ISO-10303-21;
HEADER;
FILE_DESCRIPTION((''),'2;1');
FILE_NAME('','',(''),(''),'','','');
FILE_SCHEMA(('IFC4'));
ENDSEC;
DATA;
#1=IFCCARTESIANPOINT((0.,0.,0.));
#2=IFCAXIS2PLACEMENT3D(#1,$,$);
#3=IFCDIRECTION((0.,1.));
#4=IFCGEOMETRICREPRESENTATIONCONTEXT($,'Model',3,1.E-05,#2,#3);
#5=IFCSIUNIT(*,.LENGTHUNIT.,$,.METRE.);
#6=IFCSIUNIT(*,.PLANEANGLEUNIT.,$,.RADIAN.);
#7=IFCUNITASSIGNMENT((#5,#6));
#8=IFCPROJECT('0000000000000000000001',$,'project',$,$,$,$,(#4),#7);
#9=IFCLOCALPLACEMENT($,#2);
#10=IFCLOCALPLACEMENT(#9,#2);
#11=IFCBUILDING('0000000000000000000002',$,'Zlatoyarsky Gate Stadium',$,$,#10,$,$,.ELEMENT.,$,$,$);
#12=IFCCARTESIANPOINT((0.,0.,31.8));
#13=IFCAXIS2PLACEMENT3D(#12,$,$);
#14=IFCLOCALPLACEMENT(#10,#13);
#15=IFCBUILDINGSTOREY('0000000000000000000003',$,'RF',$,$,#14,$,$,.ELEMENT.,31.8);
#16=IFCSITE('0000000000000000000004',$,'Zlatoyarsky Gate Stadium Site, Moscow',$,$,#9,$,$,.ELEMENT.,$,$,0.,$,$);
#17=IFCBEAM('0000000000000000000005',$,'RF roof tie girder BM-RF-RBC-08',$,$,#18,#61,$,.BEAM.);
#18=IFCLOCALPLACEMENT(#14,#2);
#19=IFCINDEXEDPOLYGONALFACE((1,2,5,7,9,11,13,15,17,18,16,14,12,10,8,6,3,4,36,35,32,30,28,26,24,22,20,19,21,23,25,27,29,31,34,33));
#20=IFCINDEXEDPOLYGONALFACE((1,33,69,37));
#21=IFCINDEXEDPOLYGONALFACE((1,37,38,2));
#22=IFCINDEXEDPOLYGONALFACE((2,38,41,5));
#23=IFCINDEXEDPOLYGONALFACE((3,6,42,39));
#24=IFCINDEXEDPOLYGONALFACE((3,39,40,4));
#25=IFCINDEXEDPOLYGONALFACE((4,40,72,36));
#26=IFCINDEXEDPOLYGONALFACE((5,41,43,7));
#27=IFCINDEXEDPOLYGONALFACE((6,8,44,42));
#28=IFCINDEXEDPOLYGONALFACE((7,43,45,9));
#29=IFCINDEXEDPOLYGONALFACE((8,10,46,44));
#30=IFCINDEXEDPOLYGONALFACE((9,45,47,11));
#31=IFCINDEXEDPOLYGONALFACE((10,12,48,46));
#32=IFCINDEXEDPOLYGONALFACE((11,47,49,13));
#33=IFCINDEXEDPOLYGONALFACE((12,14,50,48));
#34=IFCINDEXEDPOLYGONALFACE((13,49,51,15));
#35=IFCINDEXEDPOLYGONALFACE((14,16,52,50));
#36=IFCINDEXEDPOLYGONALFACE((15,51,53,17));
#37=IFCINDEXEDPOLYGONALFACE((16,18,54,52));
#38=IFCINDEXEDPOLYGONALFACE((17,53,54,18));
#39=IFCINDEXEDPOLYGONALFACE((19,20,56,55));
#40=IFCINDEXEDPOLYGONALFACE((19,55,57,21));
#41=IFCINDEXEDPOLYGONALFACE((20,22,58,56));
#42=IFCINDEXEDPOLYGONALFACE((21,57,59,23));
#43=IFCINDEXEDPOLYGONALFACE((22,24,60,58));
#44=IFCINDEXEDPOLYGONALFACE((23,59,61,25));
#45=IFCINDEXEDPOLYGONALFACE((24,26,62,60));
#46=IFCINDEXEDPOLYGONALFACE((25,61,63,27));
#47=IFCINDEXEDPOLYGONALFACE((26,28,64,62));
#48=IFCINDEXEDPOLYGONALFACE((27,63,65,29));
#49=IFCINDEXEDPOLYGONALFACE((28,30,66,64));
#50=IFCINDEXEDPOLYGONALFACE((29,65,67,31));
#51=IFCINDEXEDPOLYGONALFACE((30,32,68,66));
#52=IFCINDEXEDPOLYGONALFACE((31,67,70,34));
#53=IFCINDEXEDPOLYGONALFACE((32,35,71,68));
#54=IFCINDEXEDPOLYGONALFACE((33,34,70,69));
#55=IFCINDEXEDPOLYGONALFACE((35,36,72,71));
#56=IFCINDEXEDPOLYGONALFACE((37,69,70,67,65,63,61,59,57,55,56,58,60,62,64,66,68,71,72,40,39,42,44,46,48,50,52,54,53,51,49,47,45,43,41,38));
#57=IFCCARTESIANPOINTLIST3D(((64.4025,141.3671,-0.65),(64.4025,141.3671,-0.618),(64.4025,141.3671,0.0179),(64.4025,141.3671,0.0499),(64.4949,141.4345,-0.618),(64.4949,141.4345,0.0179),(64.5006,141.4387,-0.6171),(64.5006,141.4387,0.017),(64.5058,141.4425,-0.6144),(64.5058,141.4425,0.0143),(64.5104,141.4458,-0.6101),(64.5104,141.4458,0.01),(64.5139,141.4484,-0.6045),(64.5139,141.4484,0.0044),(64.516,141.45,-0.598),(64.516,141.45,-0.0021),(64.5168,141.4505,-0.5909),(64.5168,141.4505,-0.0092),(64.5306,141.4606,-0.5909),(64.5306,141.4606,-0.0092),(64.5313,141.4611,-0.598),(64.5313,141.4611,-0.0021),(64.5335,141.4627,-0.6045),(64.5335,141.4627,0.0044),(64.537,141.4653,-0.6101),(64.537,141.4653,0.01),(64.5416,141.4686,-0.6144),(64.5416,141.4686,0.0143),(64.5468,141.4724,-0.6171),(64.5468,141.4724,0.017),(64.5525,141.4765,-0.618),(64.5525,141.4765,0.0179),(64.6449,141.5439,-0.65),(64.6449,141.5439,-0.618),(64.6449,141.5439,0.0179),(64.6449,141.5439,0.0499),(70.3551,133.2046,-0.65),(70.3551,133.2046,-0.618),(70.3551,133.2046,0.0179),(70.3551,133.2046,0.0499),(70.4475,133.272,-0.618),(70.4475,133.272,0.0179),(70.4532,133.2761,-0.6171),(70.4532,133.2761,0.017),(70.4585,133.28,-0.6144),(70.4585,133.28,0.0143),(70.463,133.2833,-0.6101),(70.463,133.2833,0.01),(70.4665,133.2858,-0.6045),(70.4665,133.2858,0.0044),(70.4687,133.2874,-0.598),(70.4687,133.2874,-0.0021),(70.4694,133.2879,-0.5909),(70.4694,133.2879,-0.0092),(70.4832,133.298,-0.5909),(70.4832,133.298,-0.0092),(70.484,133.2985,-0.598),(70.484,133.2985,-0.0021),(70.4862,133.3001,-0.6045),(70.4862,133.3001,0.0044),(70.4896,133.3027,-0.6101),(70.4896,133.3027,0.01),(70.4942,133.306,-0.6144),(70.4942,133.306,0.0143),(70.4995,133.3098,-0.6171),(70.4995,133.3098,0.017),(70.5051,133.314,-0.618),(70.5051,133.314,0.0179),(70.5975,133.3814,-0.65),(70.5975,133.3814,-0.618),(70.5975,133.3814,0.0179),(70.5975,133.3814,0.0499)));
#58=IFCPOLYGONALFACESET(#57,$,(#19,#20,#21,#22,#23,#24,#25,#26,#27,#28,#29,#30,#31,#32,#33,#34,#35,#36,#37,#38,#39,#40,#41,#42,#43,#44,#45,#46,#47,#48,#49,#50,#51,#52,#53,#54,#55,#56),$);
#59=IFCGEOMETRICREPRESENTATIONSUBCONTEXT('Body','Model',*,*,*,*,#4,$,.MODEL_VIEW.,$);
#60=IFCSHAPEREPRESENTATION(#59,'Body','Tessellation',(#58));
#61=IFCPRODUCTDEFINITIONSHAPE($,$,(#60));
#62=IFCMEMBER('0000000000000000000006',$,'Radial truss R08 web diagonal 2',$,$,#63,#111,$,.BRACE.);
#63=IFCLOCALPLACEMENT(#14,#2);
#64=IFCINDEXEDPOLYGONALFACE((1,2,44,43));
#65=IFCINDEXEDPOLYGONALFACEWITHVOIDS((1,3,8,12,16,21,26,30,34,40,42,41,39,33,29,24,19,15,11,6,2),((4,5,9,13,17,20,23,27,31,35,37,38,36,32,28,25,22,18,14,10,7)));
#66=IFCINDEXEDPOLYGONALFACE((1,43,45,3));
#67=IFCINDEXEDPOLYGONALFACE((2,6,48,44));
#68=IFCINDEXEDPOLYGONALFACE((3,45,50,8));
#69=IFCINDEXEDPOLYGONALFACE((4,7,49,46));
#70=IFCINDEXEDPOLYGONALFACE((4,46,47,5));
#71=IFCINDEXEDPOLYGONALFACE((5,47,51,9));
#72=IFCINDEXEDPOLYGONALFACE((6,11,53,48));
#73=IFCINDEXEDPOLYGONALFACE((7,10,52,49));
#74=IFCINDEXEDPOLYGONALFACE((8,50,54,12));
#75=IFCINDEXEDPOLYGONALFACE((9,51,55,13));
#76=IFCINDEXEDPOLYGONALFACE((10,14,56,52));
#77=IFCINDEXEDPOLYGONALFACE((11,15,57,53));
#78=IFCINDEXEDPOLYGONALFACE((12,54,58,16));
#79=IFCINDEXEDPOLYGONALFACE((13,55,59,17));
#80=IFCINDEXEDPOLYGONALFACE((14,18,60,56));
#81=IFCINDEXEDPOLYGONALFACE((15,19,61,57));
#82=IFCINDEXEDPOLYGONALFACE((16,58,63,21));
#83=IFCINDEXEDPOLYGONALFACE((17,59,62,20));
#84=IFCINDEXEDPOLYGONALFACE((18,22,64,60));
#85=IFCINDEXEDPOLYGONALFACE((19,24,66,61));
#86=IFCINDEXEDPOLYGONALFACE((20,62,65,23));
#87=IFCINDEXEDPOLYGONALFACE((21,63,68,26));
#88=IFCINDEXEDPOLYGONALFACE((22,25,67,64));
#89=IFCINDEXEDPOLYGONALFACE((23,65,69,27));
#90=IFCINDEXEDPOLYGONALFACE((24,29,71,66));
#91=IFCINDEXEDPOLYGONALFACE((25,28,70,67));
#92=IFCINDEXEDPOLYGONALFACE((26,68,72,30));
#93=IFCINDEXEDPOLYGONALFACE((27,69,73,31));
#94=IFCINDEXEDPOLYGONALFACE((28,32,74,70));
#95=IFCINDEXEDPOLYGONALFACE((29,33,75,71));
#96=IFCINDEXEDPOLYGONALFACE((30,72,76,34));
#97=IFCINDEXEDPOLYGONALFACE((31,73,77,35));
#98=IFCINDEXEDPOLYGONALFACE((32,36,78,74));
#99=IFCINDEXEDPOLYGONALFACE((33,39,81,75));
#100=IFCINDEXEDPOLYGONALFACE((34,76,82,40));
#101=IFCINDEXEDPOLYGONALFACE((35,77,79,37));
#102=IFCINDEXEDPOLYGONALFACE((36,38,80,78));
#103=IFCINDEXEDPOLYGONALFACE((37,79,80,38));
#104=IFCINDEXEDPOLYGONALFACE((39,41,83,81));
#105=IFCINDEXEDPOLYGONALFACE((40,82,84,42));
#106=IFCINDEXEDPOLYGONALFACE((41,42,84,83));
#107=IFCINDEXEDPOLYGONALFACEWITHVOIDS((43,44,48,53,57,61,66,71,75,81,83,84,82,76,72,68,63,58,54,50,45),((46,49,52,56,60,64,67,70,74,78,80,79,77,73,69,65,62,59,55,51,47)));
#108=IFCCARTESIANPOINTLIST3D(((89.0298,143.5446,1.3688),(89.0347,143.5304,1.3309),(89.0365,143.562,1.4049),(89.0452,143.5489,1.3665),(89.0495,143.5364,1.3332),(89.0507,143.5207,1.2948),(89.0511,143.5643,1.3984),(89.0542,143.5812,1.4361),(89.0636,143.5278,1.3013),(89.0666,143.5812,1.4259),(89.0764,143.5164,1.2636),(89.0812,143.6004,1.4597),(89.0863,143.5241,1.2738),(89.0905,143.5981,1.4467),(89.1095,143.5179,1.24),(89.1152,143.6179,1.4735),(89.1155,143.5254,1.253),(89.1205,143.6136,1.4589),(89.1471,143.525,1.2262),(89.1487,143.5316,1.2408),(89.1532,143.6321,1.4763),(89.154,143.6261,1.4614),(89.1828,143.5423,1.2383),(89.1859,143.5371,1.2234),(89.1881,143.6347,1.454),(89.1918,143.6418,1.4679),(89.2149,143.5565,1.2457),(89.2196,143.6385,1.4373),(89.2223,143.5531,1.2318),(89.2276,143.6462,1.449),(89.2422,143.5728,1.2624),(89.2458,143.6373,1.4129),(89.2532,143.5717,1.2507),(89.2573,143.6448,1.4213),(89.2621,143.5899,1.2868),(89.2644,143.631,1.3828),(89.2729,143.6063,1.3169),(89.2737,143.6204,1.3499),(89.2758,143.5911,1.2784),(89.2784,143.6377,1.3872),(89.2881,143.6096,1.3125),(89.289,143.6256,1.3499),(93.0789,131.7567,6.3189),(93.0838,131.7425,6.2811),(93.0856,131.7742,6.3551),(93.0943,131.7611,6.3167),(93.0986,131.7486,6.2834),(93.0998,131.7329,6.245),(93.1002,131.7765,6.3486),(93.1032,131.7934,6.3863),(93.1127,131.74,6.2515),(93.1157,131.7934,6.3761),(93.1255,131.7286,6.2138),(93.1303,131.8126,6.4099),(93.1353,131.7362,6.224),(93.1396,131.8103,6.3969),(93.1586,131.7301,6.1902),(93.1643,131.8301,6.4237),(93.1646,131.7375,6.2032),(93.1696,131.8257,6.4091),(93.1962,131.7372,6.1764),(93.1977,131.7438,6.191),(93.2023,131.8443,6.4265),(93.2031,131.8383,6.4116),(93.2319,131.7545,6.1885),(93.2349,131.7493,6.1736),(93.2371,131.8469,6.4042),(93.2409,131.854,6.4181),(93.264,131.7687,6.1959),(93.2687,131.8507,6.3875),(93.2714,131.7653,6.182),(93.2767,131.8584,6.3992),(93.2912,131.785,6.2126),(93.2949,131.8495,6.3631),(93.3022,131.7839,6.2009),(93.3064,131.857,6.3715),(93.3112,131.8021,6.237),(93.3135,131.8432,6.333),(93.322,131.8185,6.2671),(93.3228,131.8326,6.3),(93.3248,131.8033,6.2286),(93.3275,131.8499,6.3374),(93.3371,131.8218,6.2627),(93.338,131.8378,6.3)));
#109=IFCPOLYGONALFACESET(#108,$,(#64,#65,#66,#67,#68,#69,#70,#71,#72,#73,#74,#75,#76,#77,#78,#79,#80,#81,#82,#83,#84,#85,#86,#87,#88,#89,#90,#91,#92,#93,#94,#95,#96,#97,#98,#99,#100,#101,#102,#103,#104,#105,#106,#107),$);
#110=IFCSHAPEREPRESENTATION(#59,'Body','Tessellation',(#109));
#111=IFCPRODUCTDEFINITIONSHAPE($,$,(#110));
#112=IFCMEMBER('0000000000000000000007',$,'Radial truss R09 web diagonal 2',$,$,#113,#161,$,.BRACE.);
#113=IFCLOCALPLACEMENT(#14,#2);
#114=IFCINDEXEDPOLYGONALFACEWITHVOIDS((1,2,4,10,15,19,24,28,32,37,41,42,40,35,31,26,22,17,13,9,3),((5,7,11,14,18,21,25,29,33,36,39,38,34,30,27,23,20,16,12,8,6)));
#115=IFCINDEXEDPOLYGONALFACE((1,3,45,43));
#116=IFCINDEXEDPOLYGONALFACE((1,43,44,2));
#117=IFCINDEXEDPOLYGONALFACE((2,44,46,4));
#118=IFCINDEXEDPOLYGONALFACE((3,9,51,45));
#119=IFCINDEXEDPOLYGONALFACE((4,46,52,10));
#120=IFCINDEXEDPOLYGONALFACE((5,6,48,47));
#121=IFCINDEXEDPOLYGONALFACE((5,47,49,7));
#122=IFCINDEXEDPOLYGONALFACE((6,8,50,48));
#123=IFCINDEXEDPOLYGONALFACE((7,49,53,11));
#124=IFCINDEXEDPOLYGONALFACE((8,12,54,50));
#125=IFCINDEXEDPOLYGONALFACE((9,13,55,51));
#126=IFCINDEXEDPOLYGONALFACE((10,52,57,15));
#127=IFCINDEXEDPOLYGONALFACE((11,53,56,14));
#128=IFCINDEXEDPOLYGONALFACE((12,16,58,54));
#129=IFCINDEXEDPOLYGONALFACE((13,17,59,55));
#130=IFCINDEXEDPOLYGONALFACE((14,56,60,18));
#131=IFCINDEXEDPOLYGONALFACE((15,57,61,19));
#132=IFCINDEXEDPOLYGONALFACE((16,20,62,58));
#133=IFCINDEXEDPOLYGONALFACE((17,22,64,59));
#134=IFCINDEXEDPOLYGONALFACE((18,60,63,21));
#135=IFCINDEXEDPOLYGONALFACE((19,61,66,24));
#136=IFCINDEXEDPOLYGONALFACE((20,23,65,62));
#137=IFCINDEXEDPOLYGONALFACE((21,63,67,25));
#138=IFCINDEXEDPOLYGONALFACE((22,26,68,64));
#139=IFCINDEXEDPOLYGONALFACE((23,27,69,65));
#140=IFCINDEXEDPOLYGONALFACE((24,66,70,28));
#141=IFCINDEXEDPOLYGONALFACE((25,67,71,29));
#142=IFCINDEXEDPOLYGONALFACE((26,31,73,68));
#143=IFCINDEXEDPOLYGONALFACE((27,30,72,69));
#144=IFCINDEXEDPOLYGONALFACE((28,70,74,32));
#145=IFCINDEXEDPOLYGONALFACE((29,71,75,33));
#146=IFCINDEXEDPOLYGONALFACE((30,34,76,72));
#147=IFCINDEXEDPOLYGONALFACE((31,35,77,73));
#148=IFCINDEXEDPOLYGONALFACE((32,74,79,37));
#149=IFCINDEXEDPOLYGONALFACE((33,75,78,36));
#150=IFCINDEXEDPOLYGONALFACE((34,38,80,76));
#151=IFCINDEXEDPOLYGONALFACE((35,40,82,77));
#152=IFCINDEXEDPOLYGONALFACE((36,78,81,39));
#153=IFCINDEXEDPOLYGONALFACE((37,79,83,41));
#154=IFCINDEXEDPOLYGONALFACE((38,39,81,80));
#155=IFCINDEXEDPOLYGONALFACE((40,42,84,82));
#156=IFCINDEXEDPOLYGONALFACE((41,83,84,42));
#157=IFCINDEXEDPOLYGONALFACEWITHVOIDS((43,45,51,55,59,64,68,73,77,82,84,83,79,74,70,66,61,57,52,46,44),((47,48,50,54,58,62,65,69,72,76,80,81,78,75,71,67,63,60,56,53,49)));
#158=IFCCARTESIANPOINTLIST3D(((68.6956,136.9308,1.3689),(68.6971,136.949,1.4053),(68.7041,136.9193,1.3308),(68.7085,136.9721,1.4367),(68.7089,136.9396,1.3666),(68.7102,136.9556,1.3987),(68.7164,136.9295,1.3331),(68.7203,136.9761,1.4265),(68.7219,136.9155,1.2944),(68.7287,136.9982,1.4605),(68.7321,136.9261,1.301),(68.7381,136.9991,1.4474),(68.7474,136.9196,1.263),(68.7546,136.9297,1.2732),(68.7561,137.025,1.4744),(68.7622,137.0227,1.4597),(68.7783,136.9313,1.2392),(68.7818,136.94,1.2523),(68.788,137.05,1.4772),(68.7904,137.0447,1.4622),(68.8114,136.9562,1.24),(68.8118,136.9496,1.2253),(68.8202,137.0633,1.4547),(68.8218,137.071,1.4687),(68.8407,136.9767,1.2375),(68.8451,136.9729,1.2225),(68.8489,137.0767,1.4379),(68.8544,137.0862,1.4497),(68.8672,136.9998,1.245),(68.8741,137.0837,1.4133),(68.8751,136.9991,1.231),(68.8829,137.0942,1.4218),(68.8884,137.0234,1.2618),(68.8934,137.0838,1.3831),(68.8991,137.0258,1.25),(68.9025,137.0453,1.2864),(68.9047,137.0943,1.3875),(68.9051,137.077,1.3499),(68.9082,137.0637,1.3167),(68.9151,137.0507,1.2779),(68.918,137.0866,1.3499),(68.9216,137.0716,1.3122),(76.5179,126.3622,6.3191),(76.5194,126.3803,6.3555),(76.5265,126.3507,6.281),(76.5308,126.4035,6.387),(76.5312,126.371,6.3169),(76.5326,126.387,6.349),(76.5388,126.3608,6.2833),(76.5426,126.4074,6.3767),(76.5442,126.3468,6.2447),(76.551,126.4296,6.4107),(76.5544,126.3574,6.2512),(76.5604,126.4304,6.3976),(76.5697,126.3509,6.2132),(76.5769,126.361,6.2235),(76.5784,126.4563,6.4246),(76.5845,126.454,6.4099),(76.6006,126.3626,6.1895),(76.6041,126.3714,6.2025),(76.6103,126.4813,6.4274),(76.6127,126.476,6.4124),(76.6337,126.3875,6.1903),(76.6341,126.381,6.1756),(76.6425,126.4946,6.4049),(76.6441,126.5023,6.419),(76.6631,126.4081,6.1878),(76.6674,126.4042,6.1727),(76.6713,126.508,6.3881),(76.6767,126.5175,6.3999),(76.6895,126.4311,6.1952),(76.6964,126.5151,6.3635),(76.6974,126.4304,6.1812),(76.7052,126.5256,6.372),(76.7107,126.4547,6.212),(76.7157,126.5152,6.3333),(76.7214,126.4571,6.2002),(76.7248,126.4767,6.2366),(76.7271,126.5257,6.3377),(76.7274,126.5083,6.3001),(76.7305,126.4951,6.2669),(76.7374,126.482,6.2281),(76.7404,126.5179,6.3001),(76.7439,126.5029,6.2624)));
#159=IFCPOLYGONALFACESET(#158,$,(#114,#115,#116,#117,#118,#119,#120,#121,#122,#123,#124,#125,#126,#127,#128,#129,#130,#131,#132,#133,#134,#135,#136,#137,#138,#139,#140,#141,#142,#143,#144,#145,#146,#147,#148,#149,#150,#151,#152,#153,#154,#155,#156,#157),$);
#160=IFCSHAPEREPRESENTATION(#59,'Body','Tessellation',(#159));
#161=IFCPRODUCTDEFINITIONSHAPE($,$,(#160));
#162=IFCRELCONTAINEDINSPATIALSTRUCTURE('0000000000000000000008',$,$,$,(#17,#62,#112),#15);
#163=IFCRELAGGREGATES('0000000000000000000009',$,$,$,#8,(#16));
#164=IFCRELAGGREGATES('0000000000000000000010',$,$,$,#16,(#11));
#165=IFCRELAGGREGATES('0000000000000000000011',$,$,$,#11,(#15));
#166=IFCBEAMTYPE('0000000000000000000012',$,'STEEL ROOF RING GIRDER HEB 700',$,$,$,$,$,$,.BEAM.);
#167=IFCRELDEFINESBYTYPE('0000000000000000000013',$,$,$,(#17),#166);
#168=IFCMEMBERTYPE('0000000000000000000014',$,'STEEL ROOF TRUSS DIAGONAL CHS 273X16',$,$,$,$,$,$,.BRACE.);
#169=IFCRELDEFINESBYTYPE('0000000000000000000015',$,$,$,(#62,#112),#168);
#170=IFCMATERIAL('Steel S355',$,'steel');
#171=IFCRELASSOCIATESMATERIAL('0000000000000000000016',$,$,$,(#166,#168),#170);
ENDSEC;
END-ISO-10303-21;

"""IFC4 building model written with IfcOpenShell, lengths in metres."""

from ifc_helpers import new_model, si_unit, direction, frame, origin, origin_2d, place, context, subcontext, project, spatial, hollow_circle, i_section, extrude, material, material_profile, profile_set, type_object, element, save


model = new_model("IFC4")

# Units and contexts
model_context = context("Model", 3, precision=1e-05, world=origin(), true_north=direction((0.0, 1.0)))
body_context = subcontext(model_context, "Body", "Model", "MODEL_VIEW")
ifc_project = project(units=[si_unit("LENGTHUNIT", "METRE"), si_unit("PLANEANGLEUNIT", "RADIAN")], contexts=[model_context])

# Site, building, storey
site_placement = place(None, origin())
site = spatial("IfcSite", under=ifc_project, at=site_placement, Name="Zlatoyarsky Gate Stadium Site, Moscow", CompositionType="ELEMENT", RefElevation=0.0)
building_placement = place(site_placement, origin())
building = spatial("IfcBuilding", under=site, at=building_placement, Name="Zlatoyarsky Gate Stadium", CompositionType="ELEMENT")
storey_placement = place(building_placement, frame((0.0, 0.0, 31.8)))
storey = spatial("IfcBuildingStorey", under=building, at=storey_placement, Name="RF", CompositionType="ELEMENT", Elevation=31.8)

# Shared definitions
ifc_material_1 = material(Name="Steel S355", Category="steel")

# Beam
ifc_material_profile_1 = material_profile(ifc_material_1, i_section(OverallWidth=0.3, OverallDepth=0.7, WebThickness=0.0171, FlangeThickness=0.032, FilletRadius=0.0271, at=origin_2d()), Name="HEB 700")
ifc_profile_set_1 = profile_set([ifc_material_profile_1], Name="Steel S355")
beam_type = type_object("IfcBeamType", Name="STEEL ROOF RING GIRDER HEB 700", PredefinedType="BEAM", material=ifc_profile_set_1)
beam_1_placement = place(storey_placement, frame((70.4763, 133.293, -0.3), z_axis=(-0.58922, 0.807973, 0.0), x_axis=(-0.807973, -0.58922, 0.0)))
element("IfcBeam", 1, at=beam_1_placement, inside=storey, type_object=beam_type, Name="RF roof tie girder BM-RF-RBC-08", PredefinedType="BEAM", context=body_context, shape_type="SweptSolid", body=[
    extrude(i_section(OverallWidth=0.3, OverallDepth=0.7, WebThickness=0.0171, FlangeThickness=0.032, FilletRadius=0.0271, at=origin_2d()), origin(), (0.0, 0.0, 1.0), 10.1025),
])

# Members
ifc_material_profile_2 = material_profile(ifc_material_1, hollow_circle(Radius=0.1365, WallThickness=0.0161, at=origin_2d()), Name="CHS 273X16")
ifc_profile_set_2 = profile_set([ifc_material_profile_2], Name="Steel S355")
member_type_1 = type_object("IfcMemberType", Name="STEEL ROOF TRUSS DIAGONAL CHS 273X16", PredefinedType="BRACE", material=ifc_profile_set_2)
member_1_placement = place(storey_placement, frame((89.1599, 143.5813, 1.3499), z_axis=(0.301924, -0.878974, 0.369117), x_axis=(0.945761, 0.324865, 0.0)))
element("IfcMember", 2, at=member_1_placement, inside=storey, type_object=member_type_1, Name="Radial truss R08 web diagonal 2", PredefinedType="BRACE", context=body_context, shape_type="SweptSolid", body=[
    extrude(hollow_circle(Radius=0.1365, WallThickness=0.0161, at=origin_2d()), origin(), (0.0, 0.0, 1.0), 13.4109),
])
member_2_placement = place(storey_placement, frame((68.8083, 137.0054, 1.3499), z_axis=(0.556766, -0.752242, 0.35234), x_axis=(0.803787, 0.594917, 0.0)))
element("IfcMember", 3, at=member_2_placement, inside=storey, type_object=member_type_1, Name="Radial truss R09 web diagonal 2", PredefinedType="BRACE", context=body_context, shape_type="SweptSolid", body=[
    extrude(hollow_circle(Radius=0.1365, WallThickness=0.0161, at=origin_2d()), origin(), (0.0, 0.0, 1.0), 14.0496),
])

save(model, "model.ifc")
